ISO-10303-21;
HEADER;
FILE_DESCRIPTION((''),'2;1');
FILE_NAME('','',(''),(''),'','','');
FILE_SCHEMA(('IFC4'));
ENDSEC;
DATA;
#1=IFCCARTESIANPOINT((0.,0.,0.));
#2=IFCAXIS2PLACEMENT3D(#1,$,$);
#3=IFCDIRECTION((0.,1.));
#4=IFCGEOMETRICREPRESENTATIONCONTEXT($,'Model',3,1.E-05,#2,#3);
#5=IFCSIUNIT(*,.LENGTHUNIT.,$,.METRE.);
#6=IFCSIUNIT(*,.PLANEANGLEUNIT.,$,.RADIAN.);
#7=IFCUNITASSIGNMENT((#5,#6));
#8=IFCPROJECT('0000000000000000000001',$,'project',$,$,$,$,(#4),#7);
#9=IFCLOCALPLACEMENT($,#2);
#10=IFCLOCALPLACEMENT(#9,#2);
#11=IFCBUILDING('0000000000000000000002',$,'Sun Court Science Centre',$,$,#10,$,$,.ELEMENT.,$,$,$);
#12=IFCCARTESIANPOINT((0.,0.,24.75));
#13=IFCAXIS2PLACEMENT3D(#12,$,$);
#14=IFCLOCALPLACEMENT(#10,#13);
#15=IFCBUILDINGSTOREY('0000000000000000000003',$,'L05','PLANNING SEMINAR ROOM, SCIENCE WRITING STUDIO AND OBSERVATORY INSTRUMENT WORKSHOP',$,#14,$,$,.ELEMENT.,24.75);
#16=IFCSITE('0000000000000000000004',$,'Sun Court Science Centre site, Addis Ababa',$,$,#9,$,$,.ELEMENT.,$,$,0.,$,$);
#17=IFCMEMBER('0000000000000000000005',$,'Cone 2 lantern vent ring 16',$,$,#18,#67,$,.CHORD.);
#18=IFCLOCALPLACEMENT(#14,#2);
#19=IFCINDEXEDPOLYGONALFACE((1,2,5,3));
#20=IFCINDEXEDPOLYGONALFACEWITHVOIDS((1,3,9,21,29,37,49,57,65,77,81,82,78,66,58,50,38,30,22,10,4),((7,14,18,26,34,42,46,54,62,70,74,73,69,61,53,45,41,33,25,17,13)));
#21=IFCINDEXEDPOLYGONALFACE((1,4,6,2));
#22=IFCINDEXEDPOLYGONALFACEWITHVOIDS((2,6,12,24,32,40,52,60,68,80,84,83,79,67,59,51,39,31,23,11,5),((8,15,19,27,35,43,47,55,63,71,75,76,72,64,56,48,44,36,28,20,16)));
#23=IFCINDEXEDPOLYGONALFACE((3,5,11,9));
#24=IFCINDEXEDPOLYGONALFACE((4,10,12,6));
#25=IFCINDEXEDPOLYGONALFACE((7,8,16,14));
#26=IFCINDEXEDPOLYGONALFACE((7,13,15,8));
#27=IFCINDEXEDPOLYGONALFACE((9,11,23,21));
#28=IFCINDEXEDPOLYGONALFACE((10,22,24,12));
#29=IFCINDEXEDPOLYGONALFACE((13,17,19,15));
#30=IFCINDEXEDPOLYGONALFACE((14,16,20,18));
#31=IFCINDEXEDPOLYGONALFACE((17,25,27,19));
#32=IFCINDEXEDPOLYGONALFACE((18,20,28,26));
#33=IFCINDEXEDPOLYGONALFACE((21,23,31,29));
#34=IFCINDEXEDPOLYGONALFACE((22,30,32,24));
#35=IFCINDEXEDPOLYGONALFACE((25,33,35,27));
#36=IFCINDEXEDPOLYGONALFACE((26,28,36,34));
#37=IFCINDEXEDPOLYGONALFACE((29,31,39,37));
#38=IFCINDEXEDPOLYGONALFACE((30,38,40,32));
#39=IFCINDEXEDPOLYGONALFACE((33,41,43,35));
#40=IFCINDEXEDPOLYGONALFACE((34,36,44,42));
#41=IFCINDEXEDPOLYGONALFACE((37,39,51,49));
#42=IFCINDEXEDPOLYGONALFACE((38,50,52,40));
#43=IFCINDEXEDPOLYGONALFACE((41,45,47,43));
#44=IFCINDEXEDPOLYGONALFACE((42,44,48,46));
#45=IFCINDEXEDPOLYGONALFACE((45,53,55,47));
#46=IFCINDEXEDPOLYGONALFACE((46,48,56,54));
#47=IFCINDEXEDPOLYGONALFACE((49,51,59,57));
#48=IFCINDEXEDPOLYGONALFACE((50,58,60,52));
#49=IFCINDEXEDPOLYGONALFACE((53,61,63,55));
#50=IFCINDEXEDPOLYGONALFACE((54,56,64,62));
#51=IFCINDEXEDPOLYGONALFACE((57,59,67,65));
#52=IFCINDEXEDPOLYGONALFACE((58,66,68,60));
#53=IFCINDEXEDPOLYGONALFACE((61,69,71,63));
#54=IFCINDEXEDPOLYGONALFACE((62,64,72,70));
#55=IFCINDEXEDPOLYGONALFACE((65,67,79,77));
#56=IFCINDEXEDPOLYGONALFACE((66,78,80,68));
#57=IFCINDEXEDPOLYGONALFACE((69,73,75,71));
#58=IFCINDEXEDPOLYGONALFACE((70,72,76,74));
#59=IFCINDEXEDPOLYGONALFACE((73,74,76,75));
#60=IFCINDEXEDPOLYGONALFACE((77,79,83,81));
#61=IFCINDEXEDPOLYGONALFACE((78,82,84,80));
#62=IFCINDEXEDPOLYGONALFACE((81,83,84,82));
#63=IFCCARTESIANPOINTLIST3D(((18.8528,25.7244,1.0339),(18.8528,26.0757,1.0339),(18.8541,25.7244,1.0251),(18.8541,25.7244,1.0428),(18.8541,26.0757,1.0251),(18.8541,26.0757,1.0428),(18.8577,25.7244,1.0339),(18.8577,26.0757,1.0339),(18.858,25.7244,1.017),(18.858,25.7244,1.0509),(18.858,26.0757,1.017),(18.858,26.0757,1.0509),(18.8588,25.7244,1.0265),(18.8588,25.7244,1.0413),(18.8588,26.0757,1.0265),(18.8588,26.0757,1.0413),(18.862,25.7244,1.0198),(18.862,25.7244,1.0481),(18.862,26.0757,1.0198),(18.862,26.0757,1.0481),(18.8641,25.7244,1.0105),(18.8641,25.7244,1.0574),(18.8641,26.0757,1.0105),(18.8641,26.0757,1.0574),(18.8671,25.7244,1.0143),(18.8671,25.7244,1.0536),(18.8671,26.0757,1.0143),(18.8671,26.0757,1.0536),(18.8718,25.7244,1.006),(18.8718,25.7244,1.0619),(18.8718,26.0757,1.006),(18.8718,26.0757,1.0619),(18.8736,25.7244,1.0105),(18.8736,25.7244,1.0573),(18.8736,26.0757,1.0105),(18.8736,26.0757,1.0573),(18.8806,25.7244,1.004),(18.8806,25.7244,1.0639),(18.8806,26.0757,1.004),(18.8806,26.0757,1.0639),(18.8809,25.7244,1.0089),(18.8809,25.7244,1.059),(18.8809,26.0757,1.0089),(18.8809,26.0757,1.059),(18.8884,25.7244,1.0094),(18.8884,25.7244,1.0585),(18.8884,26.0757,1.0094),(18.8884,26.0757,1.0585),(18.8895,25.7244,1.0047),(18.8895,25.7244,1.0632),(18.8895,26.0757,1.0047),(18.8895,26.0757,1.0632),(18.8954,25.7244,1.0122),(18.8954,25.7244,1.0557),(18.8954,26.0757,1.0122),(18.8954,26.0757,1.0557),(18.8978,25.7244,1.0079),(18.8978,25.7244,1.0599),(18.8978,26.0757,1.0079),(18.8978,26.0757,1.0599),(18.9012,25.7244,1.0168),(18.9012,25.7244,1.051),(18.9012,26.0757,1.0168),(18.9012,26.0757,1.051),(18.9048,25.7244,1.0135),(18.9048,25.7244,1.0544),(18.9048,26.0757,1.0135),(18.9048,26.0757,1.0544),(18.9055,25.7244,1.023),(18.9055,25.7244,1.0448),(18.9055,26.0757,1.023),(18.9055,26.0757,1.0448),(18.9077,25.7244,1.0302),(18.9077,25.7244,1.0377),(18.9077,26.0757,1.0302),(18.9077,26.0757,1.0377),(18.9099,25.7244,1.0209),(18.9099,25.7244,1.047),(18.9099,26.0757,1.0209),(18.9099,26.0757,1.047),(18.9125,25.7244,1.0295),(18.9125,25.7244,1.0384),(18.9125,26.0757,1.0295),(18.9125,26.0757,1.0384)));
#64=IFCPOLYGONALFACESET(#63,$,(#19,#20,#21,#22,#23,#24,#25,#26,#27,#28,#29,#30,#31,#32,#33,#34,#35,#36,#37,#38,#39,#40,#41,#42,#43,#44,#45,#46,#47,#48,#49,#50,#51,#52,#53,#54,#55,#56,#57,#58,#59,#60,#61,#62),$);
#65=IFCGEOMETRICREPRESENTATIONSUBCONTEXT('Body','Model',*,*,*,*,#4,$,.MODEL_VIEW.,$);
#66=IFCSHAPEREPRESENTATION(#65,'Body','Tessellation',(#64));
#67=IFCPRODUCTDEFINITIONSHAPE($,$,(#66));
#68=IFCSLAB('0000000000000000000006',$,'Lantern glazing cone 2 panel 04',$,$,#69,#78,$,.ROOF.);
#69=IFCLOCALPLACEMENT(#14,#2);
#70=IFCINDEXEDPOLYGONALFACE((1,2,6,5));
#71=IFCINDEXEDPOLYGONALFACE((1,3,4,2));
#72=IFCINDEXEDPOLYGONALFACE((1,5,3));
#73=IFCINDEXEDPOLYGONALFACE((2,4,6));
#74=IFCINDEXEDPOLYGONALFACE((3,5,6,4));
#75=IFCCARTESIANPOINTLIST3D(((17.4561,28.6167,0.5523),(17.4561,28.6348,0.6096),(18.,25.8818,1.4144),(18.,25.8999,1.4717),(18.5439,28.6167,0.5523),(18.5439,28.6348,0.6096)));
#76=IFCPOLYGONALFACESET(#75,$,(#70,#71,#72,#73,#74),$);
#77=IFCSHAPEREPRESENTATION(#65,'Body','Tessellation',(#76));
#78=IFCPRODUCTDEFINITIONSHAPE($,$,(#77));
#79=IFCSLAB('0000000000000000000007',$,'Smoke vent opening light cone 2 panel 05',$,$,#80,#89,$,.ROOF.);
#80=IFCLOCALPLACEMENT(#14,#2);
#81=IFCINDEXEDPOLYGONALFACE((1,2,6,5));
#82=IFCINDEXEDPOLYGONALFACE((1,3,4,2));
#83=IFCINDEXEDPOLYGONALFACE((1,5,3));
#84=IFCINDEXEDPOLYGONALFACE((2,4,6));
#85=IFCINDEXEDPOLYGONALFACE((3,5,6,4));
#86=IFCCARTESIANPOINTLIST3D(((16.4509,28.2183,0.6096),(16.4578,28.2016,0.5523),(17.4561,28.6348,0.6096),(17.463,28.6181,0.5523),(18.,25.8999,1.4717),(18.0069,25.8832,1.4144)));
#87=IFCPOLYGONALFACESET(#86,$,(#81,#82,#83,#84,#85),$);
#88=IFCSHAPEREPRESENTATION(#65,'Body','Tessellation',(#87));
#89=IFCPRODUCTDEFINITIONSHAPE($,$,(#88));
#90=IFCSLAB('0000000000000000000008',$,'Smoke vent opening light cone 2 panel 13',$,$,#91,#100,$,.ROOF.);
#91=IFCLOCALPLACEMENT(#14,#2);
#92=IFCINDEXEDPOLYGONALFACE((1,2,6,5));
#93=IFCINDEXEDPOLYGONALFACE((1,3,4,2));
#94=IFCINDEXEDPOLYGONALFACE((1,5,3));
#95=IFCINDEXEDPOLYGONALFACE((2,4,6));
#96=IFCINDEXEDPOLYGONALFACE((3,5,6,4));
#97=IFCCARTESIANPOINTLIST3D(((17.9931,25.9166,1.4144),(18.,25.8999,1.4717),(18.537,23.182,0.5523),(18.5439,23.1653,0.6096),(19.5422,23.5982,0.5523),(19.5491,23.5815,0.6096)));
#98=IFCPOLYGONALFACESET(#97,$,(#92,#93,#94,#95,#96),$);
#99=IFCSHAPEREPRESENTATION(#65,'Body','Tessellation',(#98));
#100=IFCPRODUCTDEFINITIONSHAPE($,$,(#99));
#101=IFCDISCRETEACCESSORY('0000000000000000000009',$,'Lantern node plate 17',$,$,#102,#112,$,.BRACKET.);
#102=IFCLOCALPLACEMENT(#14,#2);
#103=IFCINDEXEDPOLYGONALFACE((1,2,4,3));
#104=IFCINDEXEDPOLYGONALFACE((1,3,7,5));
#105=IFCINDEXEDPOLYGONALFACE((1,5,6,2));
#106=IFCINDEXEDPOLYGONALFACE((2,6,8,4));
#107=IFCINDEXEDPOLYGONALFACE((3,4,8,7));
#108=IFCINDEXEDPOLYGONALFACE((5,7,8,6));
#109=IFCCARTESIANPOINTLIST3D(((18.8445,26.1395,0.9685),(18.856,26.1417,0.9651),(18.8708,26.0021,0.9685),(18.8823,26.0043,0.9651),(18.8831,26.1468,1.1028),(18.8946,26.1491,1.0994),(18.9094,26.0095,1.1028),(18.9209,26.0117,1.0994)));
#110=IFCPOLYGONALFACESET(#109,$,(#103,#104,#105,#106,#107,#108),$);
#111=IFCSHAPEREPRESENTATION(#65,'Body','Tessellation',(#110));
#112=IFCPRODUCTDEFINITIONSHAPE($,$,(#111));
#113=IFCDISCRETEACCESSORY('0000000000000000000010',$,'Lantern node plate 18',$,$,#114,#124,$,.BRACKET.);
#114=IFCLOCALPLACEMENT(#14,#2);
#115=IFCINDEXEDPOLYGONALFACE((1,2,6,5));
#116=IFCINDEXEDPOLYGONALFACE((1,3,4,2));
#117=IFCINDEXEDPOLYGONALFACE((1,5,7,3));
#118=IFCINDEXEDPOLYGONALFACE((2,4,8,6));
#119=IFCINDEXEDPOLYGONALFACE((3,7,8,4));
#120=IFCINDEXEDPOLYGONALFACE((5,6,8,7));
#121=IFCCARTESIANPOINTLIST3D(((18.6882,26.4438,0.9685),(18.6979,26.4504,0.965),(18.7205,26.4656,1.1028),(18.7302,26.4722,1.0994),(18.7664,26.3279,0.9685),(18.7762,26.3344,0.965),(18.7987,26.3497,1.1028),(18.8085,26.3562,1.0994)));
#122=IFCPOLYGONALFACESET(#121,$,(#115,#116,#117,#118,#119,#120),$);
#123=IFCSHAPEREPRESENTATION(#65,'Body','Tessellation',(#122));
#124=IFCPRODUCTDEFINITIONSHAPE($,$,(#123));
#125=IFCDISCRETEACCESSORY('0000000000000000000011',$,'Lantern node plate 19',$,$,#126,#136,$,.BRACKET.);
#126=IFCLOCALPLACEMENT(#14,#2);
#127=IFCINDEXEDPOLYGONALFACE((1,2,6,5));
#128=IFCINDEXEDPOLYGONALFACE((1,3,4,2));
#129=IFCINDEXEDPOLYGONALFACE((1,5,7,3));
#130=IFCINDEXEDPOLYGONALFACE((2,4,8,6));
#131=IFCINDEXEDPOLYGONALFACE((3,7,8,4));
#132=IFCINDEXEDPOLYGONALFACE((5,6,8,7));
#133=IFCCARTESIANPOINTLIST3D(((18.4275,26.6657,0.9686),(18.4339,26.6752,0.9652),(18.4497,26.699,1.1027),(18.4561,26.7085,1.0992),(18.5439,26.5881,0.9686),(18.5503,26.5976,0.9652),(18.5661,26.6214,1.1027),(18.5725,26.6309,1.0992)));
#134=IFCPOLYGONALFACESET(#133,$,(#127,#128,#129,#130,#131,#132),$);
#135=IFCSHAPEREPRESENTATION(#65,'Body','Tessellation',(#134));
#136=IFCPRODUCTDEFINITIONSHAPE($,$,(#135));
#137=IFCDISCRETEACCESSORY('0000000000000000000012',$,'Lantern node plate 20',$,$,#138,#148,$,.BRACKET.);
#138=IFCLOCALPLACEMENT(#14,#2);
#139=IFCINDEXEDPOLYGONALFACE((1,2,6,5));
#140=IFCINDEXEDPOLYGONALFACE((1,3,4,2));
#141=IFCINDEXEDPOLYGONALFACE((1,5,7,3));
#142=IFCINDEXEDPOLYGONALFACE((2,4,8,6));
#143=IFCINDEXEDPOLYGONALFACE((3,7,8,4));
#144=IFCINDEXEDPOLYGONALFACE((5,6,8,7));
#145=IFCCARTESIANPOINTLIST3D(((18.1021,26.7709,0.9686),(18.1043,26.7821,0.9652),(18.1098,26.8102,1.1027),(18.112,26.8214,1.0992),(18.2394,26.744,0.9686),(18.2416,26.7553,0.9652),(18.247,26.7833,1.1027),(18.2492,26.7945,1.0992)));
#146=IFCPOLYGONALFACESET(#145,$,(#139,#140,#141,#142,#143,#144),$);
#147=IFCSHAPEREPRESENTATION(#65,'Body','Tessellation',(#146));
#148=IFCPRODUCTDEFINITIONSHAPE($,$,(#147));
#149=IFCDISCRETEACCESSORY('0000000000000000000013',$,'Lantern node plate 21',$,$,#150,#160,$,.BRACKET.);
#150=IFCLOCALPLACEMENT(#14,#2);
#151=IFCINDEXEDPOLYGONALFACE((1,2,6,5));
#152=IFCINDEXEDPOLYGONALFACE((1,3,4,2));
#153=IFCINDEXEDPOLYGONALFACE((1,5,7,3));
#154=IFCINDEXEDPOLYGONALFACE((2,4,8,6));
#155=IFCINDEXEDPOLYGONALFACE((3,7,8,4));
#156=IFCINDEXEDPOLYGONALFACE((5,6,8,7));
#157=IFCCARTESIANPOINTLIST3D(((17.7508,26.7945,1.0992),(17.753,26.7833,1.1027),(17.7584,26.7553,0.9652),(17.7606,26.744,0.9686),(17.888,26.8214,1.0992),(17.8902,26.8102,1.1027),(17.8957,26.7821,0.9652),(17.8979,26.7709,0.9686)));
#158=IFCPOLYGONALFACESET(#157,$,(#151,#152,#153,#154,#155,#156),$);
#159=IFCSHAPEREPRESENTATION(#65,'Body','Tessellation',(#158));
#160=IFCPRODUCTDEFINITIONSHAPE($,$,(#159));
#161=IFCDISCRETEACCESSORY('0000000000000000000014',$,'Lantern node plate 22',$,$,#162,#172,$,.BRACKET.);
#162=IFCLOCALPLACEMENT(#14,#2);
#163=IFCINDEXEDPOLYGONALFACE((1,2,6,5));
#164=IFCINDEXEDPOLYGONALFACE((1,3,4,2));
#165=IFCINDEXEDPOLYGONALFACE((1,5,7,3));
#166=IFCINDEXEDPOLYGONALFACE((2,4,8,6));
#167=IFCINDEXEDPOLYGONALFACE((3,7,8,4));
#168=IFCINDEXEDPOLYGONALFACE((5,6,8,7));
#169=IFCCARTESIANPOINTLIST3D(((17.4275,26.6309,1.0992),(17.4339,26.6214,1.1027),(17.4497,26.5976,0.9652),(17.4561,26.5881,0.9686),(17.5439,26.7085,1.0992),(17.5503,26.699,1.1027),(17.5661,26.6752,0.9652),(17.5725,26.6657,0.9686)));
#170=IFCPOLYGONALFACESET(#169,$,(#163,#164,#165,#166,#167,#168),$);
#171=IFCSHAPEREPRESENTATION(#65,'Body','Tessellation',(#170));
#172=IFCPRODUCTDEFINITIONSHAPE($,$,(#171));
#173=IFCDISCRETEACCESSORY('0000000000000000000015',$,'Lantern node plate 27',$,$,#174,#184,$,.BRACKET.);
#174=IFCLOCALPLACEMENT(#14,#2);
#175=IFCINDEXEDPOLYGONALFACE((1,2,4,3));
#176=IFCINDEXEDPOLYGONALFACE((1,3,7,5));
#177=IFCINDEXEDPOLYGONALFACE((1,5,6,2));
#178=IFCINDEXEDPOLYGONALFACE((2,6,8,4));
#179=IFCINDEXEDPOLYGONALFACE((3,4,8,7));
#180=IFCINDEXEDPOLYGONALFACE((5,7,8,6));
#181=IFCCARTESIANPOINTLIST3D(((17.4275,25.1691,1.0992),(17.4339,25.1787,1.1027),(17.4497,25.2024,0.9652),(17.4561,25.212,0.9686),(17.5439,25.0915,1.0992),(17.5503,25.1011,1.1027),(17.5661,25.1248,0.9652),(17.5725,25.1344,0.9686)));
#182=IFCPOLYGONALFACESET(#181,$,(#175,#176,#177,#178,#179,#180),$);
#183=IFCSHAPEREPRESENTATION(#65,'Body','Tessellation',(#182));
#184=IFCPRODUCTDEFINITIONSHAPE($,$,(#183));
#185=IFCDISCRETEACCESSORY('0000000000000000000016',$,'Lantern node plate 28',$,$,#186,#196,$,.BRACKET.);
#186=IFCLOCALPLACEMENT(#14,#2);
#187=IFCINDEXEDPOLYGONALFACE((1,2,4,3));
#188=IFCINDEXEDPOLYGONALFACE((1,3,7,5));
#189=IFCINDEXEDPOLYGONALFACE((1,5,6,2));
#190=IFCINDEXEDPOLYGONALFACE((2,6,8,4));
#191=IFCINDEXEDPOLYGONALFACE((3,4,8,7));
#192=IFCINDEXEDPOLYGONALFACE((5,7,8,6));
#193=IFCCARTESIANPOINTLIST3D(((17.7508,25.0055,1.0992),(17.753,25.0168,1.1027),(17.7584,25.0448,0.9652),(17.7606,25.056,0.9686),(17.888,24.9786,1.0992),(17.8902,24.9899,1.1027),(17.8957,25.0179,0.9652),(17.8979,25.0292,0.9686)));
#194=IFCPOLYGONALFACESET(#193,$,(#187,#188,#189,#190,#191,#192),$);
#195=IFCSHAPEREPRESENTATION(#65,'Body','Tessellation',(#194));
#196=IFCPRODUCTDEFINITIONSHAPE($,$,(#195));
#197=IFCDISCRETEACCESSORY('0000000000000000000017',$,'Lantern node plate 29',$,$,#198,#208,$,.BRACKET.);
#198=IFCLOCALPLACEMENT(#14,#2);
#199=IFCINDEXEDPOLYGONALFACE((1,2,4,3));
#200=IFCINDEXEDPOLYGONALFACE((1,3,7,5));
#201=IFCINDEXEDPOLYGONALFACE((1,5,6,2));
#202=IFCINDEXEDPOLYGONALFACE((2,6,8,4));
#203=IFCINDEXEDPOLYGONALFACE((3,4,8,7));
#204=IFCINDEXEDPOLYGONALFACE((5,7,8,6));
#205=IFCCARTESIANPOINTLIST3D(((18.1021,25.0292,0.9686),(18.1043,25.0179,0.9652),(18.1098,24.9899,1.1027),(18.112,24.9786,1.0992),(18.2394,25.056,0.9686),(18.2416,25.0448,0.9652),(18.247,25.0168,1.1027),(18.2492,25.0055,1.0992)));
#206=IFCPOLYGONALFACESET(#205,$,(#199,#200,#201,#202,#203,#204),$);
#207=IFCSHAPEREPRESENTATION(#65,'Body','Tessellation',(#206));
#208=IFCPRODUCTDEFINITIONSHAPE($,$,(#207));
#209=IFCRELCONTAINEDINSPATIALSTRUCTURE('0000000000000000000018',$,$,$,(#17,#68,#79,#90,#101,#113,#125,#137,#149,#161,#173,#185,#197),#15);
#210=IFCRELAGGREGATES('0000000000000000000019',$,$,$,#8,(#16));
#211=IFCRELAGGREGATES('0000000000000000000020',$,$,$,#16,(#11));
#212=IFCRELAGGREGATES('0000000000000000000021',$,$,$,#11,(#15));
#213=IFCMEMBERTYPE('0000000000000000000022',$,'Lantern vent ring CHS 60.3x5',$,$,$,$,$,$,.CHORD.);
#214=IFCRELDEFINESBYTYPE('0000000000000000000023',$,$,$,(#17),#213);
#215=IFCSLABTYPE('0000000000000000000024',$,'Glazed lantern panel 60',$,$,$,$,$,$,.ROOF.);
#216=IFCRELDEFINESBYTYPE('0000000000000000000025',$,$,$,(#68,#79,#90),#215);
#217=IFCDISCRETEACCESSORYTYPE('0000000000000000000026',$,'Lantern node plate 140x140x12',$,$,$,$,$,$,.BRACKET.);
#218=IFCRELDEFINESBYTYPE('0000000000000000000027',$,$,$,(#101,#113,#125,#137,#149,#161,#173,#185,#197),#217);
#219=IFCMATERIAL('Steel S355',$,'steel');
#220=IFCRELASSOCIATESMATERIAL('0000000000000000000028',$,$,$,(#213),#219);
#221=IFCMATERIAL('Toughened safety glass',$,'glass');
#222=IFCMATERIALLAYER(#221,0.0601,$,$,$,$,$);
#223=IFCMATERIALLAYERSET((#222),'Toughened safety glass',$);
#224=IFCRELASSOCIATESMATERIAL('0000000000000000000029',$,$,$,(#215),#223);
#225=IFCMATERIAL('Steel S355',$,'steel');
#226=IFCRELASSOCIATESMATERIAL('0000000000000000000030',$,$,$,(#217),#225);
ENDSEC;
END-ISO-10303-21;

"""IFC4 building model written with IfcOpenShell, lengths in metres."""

from ifc_helpers import new_model, si_unit, direction, frame, origin, origin_2d, place, context, subcontext, project, spatial, polyline, rectangle, hollow_circle, outline, extrude, material, layer, layer_set, material_profile, profile_set, type_object, element, save


model = new_model("IFC4")

# Units and contexts
model_context = context("Model", 3, precision=1e-05, world=origin(), true_north=direction((0.0, 1.0)))
body_context = subcontext(model_context, "Body", "Model", "MODEL_VIEW")
ifc_project = project(units=[si_unit("LENGTHUNIT", "METRE"), si_unit("PLANEANGLEUNIT", "RADIAN")], contexts=[model_context])

# Site, building, storey
site_placement = place(None, origin())
site = spatial("IfcSite", under=ifc_project, at=site_placement, Name="Sun Court Science Centre site, Addis Ababa", CompositionType="ELEMENT", RefElevation=0.0)
building_placement = place(site_placement, origin())
building = spatial("IfcBuilding", under=site, at=building_placement, Name="Sun Court Science Centre", CompositionType="ELEMENT")
storey_placement = place(building_placement, frame((0.0, 0.0, 24.75)))
storey = spatial("IfcBuildingStorey", under=building, at=storey_placement, Name="L05", Description="PLANNING SEMINAR ROOM, SCIENCE WRITING STUDIO AND OBSERVATORY INSTRUMENT WORKSHOP", CompositionType="ELEMENT", Elevation=24.75)

# Member
ifc_material_1 = material(Name="Steel S355", Category="steel")
ifc_material_profile_1 = material_profile(ifc_material_1, hollow_circle(Radius=0.03, WallThickness=0.0049, at=origin_2d()), Name="CHS 60.3x5")
ifc_profile_set_1 = profile_set([ifc_material_profile_1], Name="Steel S355")
member_type_1 = type_object("IfcMemberType", Name="Lantern vent ring CHS 60.3x5", PredefinedType="CHORD", material=ifc_profile_set_1)
for number, where, z_axis, x_axis, name in (
    (1, (18.8828, 25.7244, 1.0339), (0.0, 1.0, 0.0), (-1.0, 0.0, 0.0), "Cone 2 lantern vent ring 16"),
):
    element("IfcMember", number, at=place(storey_placement, frame(where, z_axis=z_axis, x_axis=x_axis)), inside=storey, type_object=member_type_1, Name=name, PredefinedType="CHORD", context=body_context, shape_type="SweptSolid", body=[
        extrude(hollow_circle(Radius=0.03, WallThickness=0.0049, at=origin_2d()), origin(), (0.0, 0.0, 1.0), 0.3513),
    ])

# Slabs
ifc_material_2 = material(Name="Toughened safety glass", Category="glass")
ifc_layer = layer(ifc_material_2, 0.0601)
ifc_layer_set = layer_set([ifc_layer], Name="Toughened safety glass")
slab_type = type_object("IfcSlabType", Name="Glazed lantern panel 60", PredefinedType="ROOF", material=ifc_layer_set)
slab_1_placement = place(storey_placement, frame((18.5439, 28.6348, 0.6096), z_axis=(0.0, 0.30063, 0.953741), x_axis=(-1.0, 0.0, 0.0)))
element("IfcSlab", 2, at=slab_1_placement, inside=storey, type_object=slab_type, Name="Lantern glazing cone 2 panel 04", PredefinedType="ROOF", context=body_context, shape_type="SweptSolid", body=[
    extrude(outline(polyline([(0.0, 0.0), (1.0879, 0.0), (0.5439, 2.8675), (0.0, 0.0)])), origin(), (0.0, 0.0, -1.0), 0.0601),
])
slab_2_placement = place(storey_placement, frame((17.4561, 28.6348, 0.6096), z_axis=(-0.115089, 0.277739, 0.953738), x_axis=(-0.923825, -0.382814, 0.0)))
element("IfcSlab", 3, at=slab_2_placement, inside=storey, type_object=slab_type, Name="Smoke vent opening light cone 2 panel 05", PredefinedType="ROOF", context=body_context, shape_type="SweptSolid", body=[
    extrude(outline(polyline([(0.0, 0.0), (1.088, 0.0), (0.5444, 2.8674), (0.0, 0.0)])), origin(), (0.0, 0.0, -1.0), 0.0601),
])
slab_3_placement = place(storey_placement, frame((18.5439, 23.1653, 0.6096), z_axis=(0.115036, -0.277773, 0.953734), x_axis=(0.923905, 0.382623, 0.0)))
element("IfcSlab", 4, at=slab_3_placement, inside=storey, type_object=slab_type, Name="Smoke vent opening light cone 2 panel 13", PredefinedType="ROOF", context=body_context, shape_type="SweptSolid", body=[
    extrude(outline(polyline([(0.0, 0.0), (1.0879, 0.0), (0.5438, 2.8673), (0.0, 0.0)])), origin(), (0.0, 0.0, -1.0), 0.0601),
])

# Discrete accessories
ifc_material_3 = material(Name="Steel S355", Category="steel")
ifc_material_profile_2 = material_profile(ifc_material_3, rectangle(XDim=0.1399, YDim=0.1399, at=origin_2d()), Name="PL 140x140")
ifc_profile_set_2 = profile_set([ifc_material_profile_2], Name="Steel S355")
discrete_accessory_type = type_object("IfcDiscreteAccessoryType", Name="Lantern node plate 140x140x12", PredefinedType="BRACKET", material=ifc_profile_set_2)
for number, where, z_axis, x_axis, name in (
    (5, (18.8884, 26.0767, 1.0322), (-0.942643, -0.180506, 0.280787), (0.188072, -0.982155, 0.0), "Lantern node plate 17"),
    (6, (18.7532, 26.4033, 1.0322), (-0.79603, -0.53732, 0.27861), (0.559473, -0.828849, 0.0), "Lantern node plate 18"),
):
    element("IfcDiscreteAccessory", number, at=place(storey_placement, frame(where, z_axis=z_axis, x_axis=x_axis)), inside=storey, type_object=discrete_accessory_type, Name=name, PredefinedType="BRACKET", context=body_context, shape_type="SweptSolid", body=[
        extrude(rectangle(XDim=0.1399, YDim=0.1399, at=origin_2d()), origin(), (0.0, 0.0, 1.0), 0.0122),
    ])
for number, where, z_axis, x_axis, name in (
    (7, (18.5032, 26.6531, 1.0322), (-0.531498, -0.797248, 0.286191), (0.83205, -0.5547, 0.0), "Lantern node plate 19"),
    (8, (18.1768, 26.7883, 1.0322), (-0.18398, -0.940343, 0.286191), (0.981393, -0.192012, 0.0), "Lantern node plate 20"),
    (9, (17.8232, 26.7883, 1.0322), (0.18398, -0.940343, 0.286191), (0.981393, 0.192012, 0.0), "Lantern node plate 21"),
    (10, (17.4968, 26.6531, 1.0322), (0.531498, -0.797248, 0.286191), (0.83205, 0.5547, 0.0), "Lantern node plate 22"),
    (11, (17.4968, 25.147, 1.0322), (0.531498, 0.797248, 0.286191), (-0.83205, 0.5547, 0.0), "Lantern node plate 27"),
    (12, (17.8232, 25.0117, 1.0322), (0.18398, 0.940343, 0.286191), (-0.981393, 0.192012, 0.0), "Lantern node plate 28"),
    (13, (18.1768, 25.0117, 1.0322), (-0.18398, 0.940343, 0.286191), (-0.981393, -0.192012, 0.0), "Lantern node plate 29"),
):
    element("IfcDiscreteAccessory", number, at=place(storey_placement, frame(where, z_axis=z_axis, x_axis=x_axis)), inside=storey, type_object=discrete_accessory_type, Name=name, PredefinedType="BRACKET", context=body_context, shape_type="SweptSolid", body=[
        extrude(rectangle(XDim=0.1399, YDim=0.1399, at=origin_2d()), origin(), (0.0, 0.0, 1.0), 0.012),
    ])

save(model, "model.ifc")
